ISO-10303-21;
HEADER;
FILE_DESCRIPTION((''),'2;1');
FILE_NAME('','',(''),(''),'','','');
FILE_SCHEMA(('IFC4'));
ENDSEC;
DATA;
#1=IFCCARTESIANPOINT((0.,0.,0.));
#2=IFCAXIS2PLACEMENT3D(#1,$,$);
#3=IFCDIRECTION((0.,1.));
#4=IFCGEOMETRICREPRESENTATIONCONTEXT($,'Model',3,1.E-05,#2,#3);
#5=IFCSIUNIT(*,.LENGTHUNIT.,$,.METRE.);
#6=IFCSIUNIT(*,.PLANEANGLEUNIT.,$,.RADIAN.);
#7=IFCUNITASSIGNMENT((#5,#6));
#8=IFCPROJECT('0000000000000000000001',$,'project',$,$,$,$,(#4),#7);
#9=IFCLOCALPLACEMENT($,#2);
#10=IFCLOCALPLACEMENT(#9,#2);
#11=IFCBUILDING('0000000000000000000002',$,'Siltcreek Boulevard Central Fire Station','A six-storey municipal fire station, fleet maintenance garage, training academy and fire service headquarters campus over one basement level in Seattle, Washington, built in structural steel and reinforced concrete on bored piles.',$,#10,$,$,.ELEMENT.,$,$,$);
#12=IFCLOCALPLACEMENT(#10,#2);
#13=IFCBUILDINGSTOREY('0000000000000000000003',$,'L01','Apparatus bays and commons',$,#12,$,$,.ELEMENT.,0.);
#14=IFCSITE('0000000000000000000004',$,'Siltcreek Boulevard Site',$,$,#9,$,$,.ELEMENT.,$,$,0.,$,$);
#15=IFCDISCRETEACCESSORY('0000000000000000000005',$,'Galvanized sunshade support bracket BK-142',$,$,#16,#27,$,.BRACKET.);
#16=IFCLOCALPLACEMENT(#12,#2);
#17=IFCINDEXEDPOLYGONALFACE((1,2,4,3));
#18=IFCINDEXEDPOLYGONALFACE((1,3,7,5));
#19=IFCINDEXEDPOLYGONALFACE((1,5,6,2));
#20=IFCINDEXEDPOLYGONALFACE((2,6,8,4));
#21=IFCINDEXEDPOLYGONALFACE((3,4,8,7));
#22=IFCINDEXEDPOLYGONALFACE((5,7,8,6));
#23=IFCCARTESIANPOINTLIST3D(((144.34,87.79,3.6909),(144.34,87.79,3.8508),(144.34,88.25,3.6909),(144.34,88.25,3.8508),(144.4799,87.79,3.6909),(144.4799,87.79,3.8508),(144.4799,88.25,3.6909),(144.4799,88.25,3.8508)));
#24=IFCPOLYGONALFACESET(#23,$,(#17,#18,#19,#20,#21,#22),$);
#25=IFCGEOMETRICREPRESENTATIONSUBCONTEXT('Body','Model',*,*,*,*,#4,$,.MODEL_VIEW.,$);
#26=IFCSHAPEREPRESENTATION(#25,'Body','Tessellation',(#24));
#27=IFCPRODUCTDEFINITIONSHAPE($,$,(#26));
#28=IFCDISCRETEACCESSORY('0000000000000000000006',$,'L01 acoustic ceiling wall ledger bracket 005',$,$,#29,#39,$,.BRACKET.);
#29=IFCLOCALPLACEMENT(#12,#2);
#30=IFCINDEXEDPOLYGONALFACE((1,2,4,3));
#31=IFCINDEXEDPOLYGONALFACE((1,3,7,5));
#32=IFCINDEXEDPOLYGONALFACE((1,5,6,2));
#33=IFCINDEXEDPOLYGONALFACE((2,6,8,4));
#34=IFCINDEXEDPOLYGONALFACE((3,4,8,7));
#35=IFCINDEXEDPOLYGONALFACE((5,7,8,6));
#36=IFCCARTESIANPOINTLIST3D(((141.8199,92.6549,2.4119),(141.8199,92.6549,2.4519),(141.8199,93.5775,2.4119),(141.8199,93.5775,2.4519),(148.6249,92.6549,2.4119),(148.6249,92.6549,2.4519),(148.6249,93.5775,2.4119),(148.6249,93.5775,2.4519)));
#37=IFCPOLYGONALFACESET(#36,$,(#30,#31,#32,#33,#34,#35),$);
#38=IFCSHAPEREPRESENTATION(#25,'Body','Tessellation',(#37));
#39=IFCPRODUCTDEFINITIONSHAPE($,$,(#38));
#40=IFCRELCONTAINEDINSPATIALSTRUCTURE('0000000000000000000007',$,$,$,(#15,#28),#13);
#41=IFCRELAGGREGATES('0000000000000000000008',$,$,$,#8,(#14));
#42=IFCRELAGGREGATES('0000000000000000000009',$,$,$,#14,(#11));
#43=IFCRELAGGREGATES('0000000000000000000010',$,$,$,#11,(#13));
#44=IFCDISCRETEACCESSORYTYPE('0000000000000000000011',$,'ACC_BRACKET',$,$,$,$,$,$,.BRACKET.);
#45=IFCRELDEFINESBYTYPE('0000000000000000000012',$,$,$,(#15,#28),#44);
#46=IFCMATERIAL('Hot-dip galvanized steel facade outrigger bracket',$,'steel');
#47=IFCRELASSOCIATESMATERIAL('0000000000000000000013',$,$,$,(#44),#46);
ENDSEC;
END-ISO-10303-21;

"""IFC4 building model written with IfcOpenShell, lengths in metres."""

from ifc_helpers import new_model, si_unit, direction, frame, origin, origin_2d, place, context, subcontext, project, spatial, rectangle, extrude, material, type_object, element, save


model = new_model("IFC4")

# Units and contexts
model_context = context("Model", 3, precision=1e-05, world=origin(), true_north=direction((0.0, 1.0)))
body_context = subcontext(model_context, "Body", "Model", "MODEL_VIEW")
ifc_project = project(units=[si_unit("LENGTHUNIT", "METRE"), si_unit("PLANEANGLEUNIT", "RADIAN")], contexts=[model_context])

# Site, building, storey
site_placement = place(None, origin())
site = spatial("IfcSite", under=ifc_project, at=site_placement, Name="Siltcreek Boulevard Site", CompositionType="ELEMENT", RefElevation=0.0)
building_placement = place(site_placement, origin())
building = spatial("IfcBuilding", under=site, at=building_placement, Name="Siltcreek Boulevard Central Fire Station", Description="A six-storey municipal fire station, fleet maintenance garage, training academy and fire service headquarters campus over one basement level in Seattle, Washington, built in structural steel and reinforced concrete on bored piles.", CompositionType="ELEMENT")
storey_placement = place(building_placement, origin())
storey = spatial("IfcBuildingStorey", under=building, at=storey_placement, Name="L01", Description="Apparatus bays and commons", CompositionType="ELEMENT", Elevation=0.0)

# Discrete accessories
ifc_material_1 = material(Name="Hot-dip galvanized steel facade outrigger bracket", Category="steel")
discrete_accessory_type = type_object("IfcDiscreteAccessoryType", Name="ACC_BRACKET", PredefinedType="BRACKET", material=ifc_material_1)
for number, where, z_axis, x_axis, name in (
    (1, (144.4099, 88.02, 3.6909), (0.0, 0.0, 1.0), (1.0, 0.0, 0.0), "Galvanized sunshade support bracket BK-142"),
):
    element("IfcDiscreteAccessory", number, at=place(storey_placement, frame(where, z_axis=z_axis, x_axis=x_axis)), inside=storey, type_object=discrete_accessory_type, Name=name, PredefinedType="BRACKET", context=body_context, shape_type="SweptSolid", body=[
        extrude(rectangle(XDim=0.1399, YDim=0.46, at=origin_2d()), origin(), (0.0, 0.0, 1.0), 0.1599),
    ])
discrete_accessory_placement = place(storey_placement, frame((145.2224, 93.1162, 2.4119), z_axis=(0.0, 0.0, 1.0), x_axis=(1.0, 0.0, 0.0)))
element("IfcDiscreteAccessory", 2, at=discrete_accessory_placement, inside=storey, type_object=discrete_accessory_type, Name="L01 acoustic ceiling wall ledger bracket 005", PredefinedType="BRACKET", context=body_context, shape_type="SweptSolid", body=[
    extrude(rectangle(XDim=6.8049, YDim=0.9226, at=origin_2d()), origin(), (0.0, 0.0, 1.0), 0.04),
])

save(model, "model.ifc")
